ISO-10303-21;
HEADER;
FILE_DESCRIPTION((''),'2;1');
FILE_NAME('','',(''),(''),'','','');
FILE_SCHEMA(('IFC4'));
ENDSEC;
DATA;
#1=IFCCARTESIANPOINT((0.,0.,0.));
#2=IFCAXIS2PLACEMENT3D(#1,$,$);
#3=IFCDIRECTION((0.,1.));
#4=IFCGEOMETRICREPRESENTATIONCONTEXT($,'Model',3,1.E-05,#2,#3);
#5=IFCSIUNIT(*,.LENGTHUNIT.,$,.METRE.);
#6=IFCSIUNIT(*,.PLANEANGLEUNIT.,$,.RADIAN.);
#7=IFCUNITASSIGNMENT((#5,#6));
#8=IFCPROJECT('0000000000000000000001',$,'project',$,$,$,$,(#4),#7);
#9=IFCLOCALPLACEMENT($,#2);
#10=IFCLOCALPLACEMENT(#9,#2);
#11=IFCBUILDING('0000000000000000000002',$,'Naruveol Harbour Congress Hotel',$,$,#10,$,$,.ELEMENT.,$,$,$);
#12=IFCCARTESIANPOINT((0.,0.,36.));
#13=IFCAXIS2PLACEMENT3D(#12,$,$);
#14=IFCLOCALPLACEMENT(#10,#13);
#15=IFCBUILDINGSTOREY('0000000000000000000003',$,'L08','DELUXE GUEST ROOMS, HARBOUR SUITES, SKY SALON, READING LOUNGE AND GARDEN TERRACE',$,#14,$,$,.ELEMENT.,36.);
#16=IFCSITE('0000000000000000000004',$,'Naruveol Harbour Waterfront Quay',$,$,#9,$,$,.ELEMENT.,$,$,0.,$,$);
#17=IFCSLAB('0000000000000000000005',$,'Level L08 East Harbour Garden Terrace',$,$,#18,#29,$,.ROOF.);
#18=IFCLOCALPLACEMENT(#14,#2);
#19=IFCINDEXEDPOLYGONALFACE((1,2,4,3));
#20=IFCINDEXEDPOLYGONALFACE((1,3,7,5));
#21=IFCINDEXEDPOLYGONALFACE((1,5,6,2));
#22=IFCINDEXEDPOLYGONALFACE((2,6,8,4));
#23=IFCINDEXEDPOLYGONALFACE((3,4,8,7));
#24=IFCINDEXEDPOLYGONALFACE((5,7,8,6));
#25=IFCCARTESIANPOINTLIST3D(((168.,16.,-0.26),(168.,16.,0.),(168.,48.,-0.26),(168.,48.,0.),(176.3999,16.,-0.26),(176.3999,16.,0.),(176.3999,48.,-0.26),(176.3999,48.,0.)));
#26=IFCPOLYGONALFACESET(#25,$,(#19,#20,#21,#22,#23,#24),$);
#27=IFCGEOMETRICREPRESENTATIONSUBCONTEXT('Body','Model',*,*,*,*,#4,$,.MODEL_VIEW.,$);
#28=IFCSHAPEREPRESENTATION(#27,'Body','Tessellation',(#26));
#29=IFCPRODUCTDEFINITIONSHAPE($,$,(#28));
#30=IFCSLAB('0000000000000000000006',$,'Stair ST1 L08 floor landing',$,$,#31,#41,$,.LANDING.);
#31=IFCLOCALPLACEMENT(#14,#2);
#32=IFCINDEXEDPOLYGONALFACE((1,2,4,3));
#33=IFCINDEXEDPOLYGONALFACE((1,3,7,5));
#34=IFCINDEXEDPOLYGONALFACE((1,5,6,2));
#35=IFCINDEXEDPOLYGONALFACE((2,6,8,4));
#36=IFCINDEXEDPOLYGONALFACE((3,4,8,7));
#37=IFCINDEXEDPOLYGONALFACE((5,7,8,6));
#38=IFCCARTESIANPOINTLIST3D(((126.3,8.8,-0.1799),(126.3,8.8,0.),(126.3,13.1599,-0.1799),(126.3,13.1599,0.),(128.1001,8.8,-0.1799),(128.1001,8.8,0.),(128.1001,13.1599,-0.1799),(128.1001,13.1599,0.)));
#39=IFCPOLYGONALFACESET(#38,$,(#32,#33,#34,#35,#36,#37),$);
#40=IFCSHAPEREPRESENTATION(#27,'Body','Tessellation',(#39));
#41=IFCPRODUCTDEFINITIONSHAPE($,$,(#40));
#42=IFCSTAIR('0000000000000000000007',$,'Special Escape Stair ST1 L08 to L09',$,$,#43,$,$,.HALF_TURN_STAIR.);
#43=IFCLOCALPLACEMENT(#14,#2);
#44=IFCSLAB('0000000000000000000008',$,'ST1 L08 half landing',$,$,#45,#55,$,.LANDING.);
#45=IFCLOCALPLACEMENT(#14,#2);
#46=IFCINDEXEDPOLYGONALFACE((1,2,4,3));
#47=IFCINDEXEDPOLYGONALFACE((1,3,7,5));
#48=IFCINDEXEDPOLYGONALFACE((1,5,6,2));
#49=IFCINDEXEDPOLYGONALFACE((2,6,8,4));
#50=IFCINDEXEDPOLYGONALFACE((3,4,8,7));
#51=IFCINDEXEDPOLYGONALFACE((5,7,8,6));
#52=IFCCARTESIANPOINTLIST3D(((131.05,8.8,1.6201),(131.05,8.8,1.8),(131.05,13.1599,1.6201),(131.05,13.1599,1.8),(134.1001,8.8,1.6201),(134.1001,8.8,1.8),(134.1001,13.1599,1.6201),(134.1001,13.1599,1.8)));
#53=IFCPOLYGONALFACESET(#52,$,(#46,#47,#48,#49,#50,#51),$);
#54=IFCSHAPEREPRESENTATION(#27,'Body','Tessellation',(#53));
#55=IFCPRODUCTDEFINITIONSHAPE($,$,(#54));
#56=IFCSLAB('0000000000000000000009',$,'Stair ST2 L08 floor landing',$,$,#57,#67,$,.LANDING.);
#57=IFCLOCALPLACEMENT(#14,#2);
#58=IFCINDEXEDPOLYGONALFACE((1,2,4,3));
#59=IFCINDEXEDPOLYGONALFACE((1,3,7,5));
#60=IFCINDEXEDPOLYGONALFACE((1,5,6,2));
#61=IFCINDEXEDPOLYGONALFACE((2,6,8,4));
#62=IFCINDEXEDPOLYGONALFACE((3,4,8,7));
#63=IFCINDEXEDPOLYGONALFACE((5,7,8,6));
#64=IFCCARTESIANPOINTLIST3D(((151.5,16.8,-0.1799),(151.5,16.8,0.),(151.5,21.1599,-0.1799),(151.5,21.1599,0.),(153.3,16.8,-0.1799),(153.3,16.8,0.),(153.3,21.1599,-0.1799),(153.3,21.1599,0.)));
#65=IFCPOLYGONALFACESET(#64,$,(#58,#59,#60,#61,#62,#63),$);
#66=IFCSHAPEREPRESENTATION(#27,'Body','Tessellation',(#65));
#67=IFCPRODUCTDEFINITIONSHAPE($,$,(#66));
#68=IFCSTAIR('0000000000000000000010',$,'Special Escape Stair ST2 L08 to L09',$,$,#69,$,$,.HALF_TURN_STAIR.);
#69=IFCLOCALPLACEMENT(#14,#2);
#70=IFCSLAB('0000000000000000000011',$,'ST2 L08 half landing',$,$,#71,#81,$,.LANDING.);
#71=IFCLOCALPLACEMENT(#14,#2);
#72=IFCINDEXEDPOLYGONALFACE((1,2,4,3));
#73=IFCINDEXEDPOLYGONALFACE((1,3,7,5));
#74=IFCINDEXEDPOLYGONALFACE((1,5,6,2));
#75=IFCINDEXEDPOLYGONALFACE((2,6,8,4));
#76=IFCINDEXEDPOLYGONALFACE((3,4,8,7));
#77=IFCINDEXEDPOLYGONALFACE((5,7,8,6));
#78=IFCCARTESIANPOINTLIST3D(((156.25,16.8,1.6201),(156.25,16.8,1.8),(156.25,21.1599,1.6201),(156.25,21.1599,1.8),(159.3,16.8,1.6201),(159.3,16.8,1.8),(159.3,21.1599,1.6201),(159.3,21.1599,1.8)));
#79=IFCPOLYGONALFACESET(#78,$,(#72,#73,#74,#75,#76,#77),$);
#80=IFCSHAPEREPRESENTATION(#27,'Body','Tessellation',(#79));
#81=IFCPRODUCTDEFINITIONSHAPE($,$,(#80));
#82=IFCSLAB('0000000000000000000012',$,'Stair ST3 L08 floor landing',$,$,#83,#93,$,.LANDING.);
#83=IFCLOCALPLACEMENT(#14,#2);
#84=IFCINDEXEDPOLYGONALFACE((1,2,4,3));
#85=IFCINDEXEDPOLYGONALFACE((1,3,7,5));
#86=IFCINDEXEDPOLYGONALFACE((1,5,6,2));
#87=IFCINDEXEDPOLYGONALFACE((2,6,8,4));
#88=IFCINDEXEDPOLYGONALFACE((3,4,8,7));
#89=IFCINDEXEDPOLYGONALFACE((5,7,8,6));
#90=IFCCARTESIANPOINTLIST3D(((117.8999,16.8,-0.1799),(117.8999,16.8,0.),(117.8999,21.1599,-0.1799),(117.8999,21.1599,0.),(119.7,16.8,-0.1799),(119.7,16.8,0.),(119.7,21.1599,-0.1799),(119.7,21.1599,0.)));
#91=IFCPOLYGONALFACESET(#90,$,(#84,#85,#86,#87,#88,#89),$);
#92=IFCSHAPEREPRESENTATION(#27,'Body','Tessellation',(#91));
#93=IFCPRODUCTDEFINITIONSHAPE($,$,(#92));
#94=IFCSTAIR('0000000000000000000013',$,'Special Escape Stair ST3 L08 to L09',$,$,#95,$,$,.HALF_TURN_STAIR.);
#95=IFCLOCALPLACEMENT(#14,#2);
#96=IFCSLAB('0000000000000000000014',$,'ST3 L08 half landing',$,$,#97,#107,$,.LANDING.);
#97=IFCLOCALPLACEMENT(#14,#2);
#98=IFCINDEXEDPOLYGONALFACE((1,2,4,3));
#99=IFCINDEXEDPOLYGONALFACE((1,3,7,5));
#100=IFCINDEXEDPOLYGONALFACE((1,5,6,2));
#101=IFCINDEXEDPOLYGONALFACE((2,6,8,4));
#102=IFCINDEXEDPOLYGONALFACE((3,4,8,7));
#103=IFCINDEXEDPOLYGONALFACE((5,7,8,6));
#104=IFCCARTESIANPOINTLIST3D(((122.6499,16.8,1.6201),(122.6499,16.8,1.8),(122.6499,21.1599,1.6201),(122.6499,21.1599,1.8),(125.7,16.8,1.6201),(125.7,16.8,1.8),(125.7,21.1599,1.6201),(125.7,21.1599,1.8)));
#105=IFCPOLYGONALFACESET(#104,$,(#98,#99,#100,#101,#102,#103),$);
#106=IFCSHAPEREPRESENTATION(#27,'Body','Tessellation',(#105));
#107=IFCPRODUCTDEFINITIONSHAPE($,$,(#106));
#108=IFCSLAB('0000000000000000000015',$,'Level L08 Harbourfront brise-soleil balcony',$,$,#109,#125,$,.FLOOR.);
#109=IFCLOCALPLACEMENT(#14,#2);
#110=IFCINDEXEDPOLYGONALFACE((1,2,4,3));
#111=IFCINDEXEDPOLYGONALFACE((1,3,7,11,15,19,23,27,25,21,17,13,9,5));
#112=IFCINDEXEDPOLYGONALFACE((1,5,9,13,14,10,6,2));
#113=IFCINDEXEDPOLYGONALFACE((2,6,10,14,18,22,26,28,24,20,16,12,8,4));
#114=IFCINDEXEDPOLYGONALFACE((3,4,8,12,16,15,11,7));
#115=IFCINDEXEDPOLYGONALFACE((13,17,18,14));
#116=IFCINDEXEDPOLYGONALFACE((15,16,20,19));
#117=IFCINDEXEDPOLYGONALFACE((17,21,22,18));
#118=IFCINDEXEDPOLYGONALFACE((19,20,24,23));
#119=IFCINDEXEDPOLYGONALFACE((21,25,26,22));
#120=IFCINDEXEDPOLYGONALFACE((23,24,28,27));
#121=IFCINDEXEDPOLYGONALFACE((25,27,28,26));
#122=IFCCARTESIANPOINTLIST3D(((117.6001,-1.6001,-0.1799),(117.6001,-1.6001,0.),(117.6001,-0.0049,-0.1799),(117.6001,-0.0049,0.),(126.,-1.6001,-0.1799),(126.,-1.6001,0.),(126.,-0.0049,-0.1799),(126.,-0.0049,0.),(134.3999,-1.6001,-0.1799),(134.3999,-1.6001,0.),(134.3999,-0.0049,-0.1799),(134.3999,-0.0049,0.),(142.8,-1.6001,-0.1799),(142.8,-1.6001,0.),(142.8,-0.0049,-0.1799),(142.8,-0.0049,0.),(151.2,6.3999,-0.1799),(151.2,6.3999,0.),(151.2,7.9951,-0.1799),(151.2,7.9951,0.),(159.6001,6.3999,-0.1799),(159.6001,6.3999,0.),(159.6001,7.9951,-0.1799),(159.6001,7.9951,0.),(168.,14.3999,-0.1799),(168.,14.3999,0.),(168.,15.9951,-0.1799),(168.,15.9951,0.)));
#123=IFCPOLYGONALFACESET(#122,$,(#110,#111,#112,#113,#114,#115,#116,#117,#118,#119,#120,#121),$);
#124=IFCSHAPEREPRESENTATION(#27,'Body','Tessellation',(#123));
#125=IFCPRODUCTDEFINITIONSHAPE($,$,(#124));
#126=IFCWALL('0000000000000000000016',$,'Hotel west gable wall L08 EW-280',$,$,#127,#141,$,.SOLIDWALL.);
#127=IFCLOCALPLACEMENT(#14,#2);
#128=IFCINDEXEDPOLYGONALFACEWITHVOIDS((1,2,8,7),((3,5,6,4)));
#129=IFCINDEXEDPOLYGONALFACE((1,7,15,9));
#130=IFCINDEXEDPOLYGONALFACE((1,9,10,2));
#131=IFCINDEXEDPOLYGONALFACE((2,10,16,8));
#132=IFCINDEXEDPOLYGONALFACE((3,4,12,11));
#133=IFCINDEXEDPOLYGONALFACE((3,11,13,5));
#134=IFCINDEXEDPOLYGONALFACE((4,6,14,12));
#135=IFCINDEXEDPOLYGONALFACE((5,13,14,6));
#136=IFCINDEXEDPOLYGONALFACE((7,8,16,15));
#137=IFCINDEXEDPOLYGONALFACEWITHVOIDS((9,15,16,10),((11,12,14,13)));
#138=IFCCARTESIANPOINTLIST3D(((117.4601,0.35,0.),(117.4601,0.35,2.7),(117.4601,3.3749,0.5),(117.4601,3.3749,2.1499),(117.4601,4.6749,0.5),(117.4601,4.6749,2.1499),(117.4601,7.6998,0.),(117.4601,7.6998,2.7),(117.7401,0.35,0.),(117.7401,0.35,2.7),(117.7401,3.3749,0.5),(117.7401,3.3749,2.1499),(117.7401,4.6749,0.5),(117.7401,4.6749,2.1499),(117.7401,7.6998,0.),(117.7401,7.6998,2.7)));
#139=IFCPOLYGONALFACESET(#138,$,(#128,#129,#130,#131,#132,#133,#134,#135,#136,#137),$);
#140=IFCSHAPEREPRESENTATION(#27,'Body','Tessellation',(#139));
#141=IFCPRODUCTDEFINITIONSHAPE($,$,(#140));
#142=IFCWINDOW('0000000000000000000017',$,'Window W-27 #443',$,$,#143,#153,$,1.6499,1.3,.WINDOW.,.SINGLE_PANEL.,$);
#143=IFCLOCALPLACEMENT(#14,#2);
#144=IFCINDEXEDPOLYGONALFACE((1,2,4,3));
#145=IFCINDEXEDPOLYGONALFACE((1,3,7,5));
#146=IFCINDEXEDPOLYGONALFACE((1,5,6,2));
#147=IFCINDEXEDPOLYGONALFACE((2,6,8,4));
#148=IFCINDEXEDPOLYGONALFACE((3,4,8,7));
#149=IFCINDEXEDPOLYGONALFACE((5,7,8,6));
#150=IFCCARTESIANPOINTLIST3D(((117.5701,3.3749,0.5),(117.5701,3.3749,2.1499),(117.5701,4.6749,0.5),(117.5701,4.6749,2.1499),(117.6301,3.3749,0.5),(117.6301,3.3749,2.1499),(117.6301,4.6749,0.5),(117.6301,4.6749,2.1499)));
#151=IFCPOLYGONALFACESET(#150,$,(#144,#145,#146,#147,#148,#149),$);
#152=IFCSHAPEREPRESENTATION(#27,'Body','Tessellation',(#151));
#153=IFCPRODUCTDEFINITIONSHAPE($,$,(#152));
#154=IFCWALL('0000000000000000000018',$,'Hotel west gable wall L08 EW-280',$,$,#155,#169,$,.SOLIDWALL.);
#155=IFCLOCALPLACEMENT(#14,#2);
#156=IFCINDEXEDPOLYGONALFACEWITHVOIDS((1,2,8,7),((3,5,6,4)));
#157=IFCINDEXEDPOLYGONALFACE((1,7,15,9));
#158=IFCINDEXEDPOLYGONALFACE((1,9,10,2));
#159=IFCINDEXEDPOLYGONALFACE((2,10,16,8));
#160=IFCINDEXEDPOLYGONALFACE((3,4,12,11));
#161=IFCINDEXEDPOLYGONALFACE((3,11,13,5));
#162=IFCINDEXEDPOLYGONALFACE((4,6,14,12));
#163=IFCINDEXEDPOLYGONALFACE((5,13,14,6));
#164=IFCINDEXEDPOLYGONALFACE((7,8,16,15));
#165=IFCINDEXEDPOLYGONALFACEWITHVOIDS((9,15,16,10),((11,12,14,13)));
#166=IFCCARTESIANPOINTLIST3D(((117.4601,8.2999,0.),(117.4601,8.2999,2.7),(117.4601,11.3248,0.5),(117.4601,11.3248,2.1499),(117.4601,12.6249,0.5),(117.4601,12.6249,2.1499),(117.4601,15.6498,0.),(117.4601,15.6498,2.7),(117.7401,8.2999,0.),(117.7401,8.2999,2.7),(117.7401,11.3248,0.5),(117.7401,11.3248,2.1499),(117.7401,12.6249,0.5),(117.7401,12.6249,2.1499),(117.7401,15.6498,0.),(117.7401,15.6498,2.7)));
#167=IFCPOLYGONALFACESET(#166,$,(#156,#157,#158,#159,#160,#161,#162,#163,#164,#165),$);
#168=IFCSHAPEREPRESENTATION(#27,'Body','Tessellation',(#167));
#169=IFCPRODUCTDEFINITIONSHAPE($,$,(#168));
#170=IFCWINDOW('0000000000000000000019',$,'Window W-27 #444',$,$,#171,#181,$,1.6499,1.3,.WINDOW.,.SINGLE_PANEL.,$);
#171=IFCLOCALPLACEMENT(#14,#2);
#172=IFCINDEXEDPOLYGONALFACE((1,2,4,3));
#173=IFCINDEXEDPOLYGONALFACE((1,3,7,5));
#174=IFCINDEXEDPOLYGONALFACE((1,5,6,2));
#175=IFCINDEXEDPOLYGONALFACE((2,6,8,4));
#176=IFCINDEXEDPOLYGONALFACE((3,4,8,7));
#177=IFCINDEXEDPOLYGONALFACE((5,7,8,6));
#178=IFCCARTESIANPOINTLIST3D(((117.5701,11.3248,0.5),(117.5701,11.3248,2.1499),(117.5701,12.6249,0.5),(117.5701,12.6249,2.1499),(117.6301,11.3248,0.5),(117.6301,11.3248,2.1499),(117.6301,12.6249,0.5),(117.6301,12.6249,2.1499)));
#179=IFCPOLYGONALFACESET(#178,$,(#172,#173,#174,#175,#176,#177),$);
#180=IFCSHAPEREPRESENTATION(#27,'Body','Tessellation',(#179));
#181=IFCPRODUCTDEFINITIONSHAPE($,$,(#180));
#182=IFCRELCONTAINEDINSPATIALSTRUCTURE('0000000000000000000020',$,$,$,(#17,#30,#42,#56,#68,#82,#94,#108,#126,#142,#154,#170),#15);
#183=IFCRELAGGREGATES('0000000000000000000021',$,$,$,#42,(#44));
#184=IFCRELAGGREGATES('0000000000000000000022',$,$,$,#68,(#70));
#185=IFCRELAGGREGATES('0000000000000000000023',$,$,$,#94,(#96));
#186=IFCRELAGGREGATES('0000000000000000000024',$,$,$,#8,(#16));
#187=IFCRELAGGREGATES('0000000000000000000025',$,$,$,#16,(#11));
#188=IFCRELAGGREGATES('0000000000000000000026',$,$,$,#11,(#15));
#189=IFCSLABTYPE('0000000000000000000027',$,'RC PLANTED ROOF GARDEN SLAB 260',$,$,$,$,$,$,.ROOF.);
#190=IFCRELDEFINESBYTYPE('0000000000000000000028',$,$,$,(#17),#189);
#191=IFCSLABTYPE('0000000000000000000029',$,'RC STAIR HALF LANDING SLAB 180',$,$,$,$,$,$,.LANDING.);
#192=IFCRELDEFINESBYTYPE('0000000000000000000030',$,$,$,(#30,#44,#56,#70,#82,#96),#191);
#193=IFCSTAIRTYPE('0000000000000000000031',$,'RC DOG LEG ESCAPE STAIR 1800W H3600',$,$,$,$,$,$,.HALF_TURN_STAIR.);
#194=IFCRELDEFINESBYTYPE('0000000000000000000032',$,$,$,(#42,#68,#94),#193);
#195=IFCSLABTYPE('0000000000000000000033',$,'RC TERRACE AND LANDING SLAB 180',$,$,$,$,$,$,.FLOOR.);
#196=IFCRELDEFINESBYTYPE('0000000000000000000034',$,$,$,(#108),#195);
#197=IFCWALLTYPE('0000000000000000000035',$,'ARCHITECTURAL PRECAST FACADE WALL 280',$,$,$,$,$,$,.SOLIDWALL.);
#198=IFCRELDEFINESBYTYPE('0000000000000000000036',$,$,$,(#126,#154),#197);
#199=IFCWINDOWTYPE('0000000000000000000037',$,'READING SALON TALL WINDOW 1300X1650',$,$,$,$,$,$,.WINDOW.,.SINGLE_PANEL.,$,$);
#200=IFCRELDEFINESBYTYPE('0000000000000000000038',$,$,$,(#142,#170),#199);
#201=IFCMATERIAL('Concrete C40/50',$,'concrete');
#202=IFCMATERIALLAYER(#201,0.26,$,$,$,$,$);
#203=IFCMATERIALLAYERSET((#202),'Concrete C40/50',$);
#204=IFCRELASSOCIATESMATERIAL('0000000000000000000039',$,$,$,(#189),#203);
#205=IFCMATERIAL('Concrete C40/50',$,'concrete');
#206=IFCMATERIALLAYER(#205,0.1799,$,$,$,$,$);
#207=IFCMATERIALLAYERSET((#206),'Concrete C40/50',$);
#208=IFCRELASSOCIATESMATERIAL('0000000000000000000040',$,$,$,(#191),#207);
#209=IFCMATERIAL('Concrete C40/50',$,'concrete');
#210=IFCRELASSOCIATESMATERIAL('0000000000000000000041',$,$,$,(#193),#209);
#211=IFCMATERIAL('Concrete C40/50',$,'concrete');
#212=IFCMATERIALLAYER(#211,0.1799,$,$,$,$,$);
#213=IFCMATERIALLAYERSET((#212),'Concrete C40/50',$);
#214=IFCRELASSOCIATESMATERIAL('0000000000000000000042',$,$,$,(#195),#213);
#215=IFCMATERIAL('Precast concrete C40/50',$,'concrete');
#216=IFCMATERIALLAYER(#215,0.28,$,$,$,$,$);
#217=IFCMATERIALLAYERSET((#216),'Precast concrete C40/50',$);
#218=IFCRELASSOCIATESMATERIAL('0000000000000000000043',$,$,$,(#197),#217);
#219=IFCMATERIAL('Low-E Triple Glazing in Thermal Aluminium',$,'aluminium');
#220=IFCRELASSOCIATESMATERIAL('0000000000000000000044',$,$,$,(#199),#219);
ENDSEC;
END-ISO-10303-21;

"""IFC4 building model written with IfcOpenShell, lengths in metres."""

from ifc_helpers import new_model, si_unit, direction, frame, frame_2d, origin, place, context, subcontext, project, spatial, polyline, rectangle, outline, extrude, material, layer, layer_set, type_object, element, fill, aggregate, save


model = new_model("IFC4")

# Units and contexts
model_context = context("Model", 3, precision=1e-05, world=origin(), true_north=direction((0.0, 1.0)))
body_context = subcontext(model_context, "Body", "Model", "MODEL_VIEW")
ifc_project = project(units=[si_unit("LENGTHUNIT", "METRE"), si_unit("PLANEANGLEUNIT", "RADIAN")], contexts=[model_context])

# Site, building, storey
site_placement = place(None, origin())
site = spatial("IfcSite", under=ifc_project, at=site_placement, Name="Naruveol Harbour Waterfront Quay", CompositionType="ELEMENT", RefElevation=0.0)
building_placement = place(site_placement, origin())
building = spatial("IfcBuilding", under=site, at=building_placement, Name="Naruveol Harbour Congress Hotel", CompositionType="ELEMENT")
storey_placement = place(building_placement, frame((0.0, 0.0, 36.0)))
storey = spatial("IfcBuildingStorey", under=building, at=storey_placement, Name="L08", Description="DELUXE GUEST ROOMS, HARBOUR SUITES, SKY SALON, READING LOUNGE AND GARDEN TERRACE", CompositionType="ELEMENT", Elevation=36.0)

# Slabs
ifc_material_1 = material(Name="Concrete C40/50", Category="concrete")
ifc_layer_1 = layer(ifc_material_1, 0.26)
ifc_layer_set_1 = layer_set([ifc_layer_1], Name="Concrete C40/50")
slab_type_1 = type_object("IfcSlabType", Name="RC PLANTED ROOF GARDEN SLAB 260", PredefinedType="ROOF", material=ifc_layer_set_1)
slab_1_placement = place(storey_placement, frame((0.0, 0.0, -0.26)))
element("IfcSlab", 1, at=slab_1_placement, inside=storey, type_object=slab_type_1, Name="Level L08 East Harbour Garden Terrace", PredefinedType="ROOF", context=body_context, shape_type="SweptSolid", body=[
    extrude(outline(polyline([(168.0, 16.0), (176.3999, 16.0), (176.3999, 48.0), (168.0, 48.0), (168.0, 16.0)])), origin(), (0.0, 0.0, 1.0), 0.26),
])
ifc_material_2 = material(Name="Concrete C40/50", Category="concrete")
ifc_layer_2 = layer(ifc_material_2, 0.1799)
ifc_layer_set_2 = layer_set([ifc_layer_2], Name="Concrete C40/50")
slab_type_2 = type_object("IfcSlabType", Name="RC STAIR HALF LANDING SLAB 180", PredefinedType="LANDING", material=ifc_layer_set_2)
slab_2_placement = place(storey_placement, frame((0.0, 0.0, -0.1799)))
element("IfcSlab", 2, at=slab_2_placement, inside=storey, type_object=slab_type_2, Name="Stair ST1 L08 floor landing", PredefinedType="LANDING", context=body_context, shape_type="SweptSolid", body=[
    extrude(outline(polyline([(126.3, 8.8), (128.1001, 8.8), (128.1001, 13.1599), (126.3, 13.1599), (126.3, 8.8)])), origin(), (0.0, 0.0, 1.0), 0.1799),
])

# Stair, slab
ifc_material_3 = material(Name="Concrete C40/50", Category="concrete")
stair_type = type_object("IfcStairType", Name="RC DOG LEG ESCAPE STAIR 1800W H3600", PredefinedType="HALF_TURN_STAIR", material=ifc_material_3)
stair_1_placement = place(storey_placement, origin())
stair_1 = element("IfcStair", 3, at=stair_1_placement, inside=storey, type_object=stair_type, Name="Special Escape Stair ST1 L08 to L09", PredefinedType="HALF_TURN_STAIR")
slab_3_placement = place(storey_placement, frame((0.0, 0.0, 1.6201)))
slab_3 = element("IfcSlab", 4, at=slab_3_placement, type_object=slab_type_2, Name="ST1 L08 half landing", PredefinedType="LANDING", context=body_context, shape_type="SweptSolid", body=[
    extrude(outline(polyline([(131.05, 8.8), (134.1001, 8.8), (134.1001, 13.1599), (131.05, 13.1599), (131.05, 8.8)])), origin(), (0.0, 0.0, 1.0), 0.1799),
])
aggregate(stair_1, [slab_3])

# Slab
slab_4_placement = place(storey_placement, frame((0.0, 0.0, -0.1799)))
element("IfcSlab", 5, at=slab_4_placement, inside=storey, type_object=slab_type_2, Name="Stair ST2 L08 floor landing", PredefinedType="LANDING", context=body_context, shape_type="SweptSolid", body=[
    extrude(outline(polyline([(151.5, 16.8), (153.3, 16.8), (153.3, 21.1599), (151.5, 21.1599), (151.5, 16.8)])), origin(), (0.0, 0.0, 1.0), 0.1799),
])

# Stair, slab
stair_2_placement = place(storey_placement, origin())
stair_2 = element("IfcStair", 6, at=stair_2_placement, inside=storey, type_object=stair_type, Name="Special Escape Stair ST2 L08 to L09", PredefinedType="HALF_TURN_STAIR")
slab_5_placement = place(storey_placement, frame((0.0, 0.0, 1.6201)))
slab_5 = element("IfcSlab", 7, at=slab_5_placement, type_object=slab_type_2, Name="ST2 L08 half landing", PredefinedType="LANDING", context=body_context, shape_type="SweptSolid", body=[
    extrude(outline(polyline([(156.25, 16.8), (159.3, 16.8), (159.3, 21.1599), (156.25, 21.1599), (156.25, 16.8)])), origin(), (0.0, 0.0, 1.0), 0.1799),
])
aggregate(stair_2, [slab_5])

# Slab
slab_6_placement = place(storey_placement, frame((0.0, 0.0, -0.1799)))
element("IfcSlab", 8, at=slab_6_placement, inside=storey, type_object=slab_type_2, Name="Stair ST3 L08 floor landing", PredefinedType="LANDING", context=body_context, shape_type="SweptSolid", body=[
    extrude(outline(polyline([(117.8999, 16.8), (119.7, 16.8), (119.7, 21.1599), (117.8999, 21.1599), (117.8999, 16.8)])), origin(), (0.0, 0.0, 1.0), 0.1799),
])

# Stair, slab
stair_3_placement = place(storey_placement, origin())
stair_3 = element("IfcStair", 9, at=stair_3_placement, inside=storey, type_object=stair_type, Name="Special Escape Stair ST3 L08 to L09", PredefinedType="HALF_TURN_STAIR")
slab_7_placement = place(storey_placement, frame((0.0, 0.0, 1.6201)))
slab_7 = element("IfcSlab", 10, at=slab_7_placement, type_object=slab_type_2, Name="ST3 L08 half landing", PredefinedType="LANDING", context=body_context, shape_type="SweptSolid", body=[
    extrude(outline(polyline([(122.6499, 16.8), (125.7, 16.8), (125.7, 21.1599), (122.6499, 21.1599), (122.6499, 16.8)])), origin(), (0.0, 0.0, 1.0), 0.1799),
])
aggregate(stair_3, [slab_7])

# Slab
ifc_material_4 = material(Name="Concrete C40/50", Category="concrete")
ifc_layer_3 = layer(ifc_material_4, 0.1799)
ifc_layer_set_3 = layer_set([ifc_layer_3], Name="Concrete C40/50")
slab_type_3 = type_object("IfcSlabType", Name="RC TERRACE AND LANDING SLAB 180", PredefinedType="FLOOR", material=ifc_layer_set_3)
slab_8_placement = place(storey_placement, frame((0.0, 0.0, -0.1799)))
element("IfcSlab", 11, at=slab_8_placement, inside=storey, type_object=slab_type_3, Name="Level L08 Harbourfront brise-soleil balcony", PredefinedType="FLOOR", context=body_context, shape_type="SweptSolid", body=[
    extrude(outline(polyline([(117.6001, -1.6001), (126.0, -1.6001), (134.3999, -1.6001), (142.8, -1.6001), (151.2, 6.3999), (159.6001, 6.3999), (168.0, 14.3999), (168.0, 15.9951), (159.6001, 7.9951), (151.2, 7.9951), (142.8, -0.0049), (134.3999, -0.0049), (126.0, -0.0049), (117.6001, -0.0049), (117.6001, -1.6001)])), origin(), (0.0, 0.0, 1.0), 0.1799),
])

# Walls, openings, windows
ifc_material_5 = material(Name="Precast concrete C40/50", Category="concrete")
ifc_layer_4 = layer(ifc_material_5, 0.28)
ifc_layer_set_4 = layer_set([ifc_layer_4], Name="Precast concrete C40/50")
wall_type_1 = type_object("IfcWallType", Name="ARCHITECTURAL PRECAST FACADE WALL 280", PredefinedType="SOLIDWALL", material=ifc_layer_set_4)
wall_1_placement = place(storey_placement, frame((117.6001, 0.3501, 0.0), z_axis=(0.0, 0.0, 1.0), x_axis=(0.0, 1.0, 0.0)))
wall_1 = element("IfcWall", 12, at=wall_1_placement, inside=storey, type_object=wall_type_1, Name="Hotel west gable wall L08 EW-280", PredefinedType="SOLIDWALL", context=body_context, shape_type="SweptSolid", body=[
    extrude(rectangle(XDim=7.3499, YDim=0.28, at=frame_2d((3.6748, 0.0))), origin(), (0.0, 0.0, 1.0), 2.7),
])
opening_1_placement = place(wall_1_placement, frame((3.0249, 0.0, 0.5)))
opening_1 = element("IfcOpeningElement", 13, at=opening_1_placement, cuts=wall_1, PredefinedType="OPENING", context=body_context, shape_type="SweptSolid", body=[
    extrude(rectangle(XDim=1.3, YDim=1.6499, at=frame_2d((0.6499, 0.825))), frame((0.0, 0.1499, 0.0), z_axis=(0.0, -1.0, 0.0), x_axis=(1.0, 0.0, 0.0)), (0.0, 0.0, 1.0), 0.3),
])
ifc_material_6 = material(Name="Low-E Triple Glazing in Thermal Aluminium", Category="aluminium")
window_type = type_object("IfcWindowType", Name="READING SALON TALL WINDOW 1300X1650", PartitioningType="SINGLE_PANEL", PredefinedType="WINDOW", material=ifc_material_6)
window_1_placement = place(opening_1_placement, origin())
window_1 = element("IfcWindow", 14, at=window_1_placement, inside=storey, type_object=window_type, Name="Window W-27 #443", OverallHeight=1.6499, OverallWidth=1.3, PartitioningType="SINGLE_PANEL", PredefinedType="WINDOW", context=body_context, shape_type="SweptSolid", body=[
    extrude(rectangle(XDim=1.3, YDim=1.6499, at=frame_2d((0.6499, 0.825))), frame((0.0, 0.03, 0.0), z_axis=(0.0, -1.0, 0.0), x_axis=(1.0, 0.0, 0.0)), (0.0, 0.0, 1.0), 0.0601),
])
fill(opening_1, window_1)
wall_2_placement = place(storey_placement, frame((117.6001, 8.3, 0.0), z_axis=(0.0, 0.0, 1.0), x_axis=(0.0, 1.0, 0.0)))
wall_2 = element("IfcWall", 15, at=wall_2_placement, inside=storey, type_object=wall_type_1, Name="Hotel west gable wall L08 EW-280", PredefinedType="SOLIDWALL", context=body_context, shape_type="SweptSolid", body=[
    extrude(rectangle(XDim=7.3499, YDim=0.28, at=frame_2d((3.6748, 0.0))), origin(), (0.0, 0.0, 1.0), 2.7),
])
opening_2_placement = place(wall_2_placement, frame((3.0249, 0.0, 0.5)))
opening_2 = element("IfcOpeningElement", 16, at=opening_2_placement, cuts=wall_2, PredefinedType="OPENING", context=body_context, shape_type="SweptSolid", body=[
    extrude(rectangle(XDim=1.3, YDim=1.6499, at=frame_2d((0.6499, 0.825))), frame((0.0, 0.1499, 0.0), z_axis=(0.0, -1.0, 0.0), x_axis=(1.0, 0.0, 0.0)), (0.0, 0.0, 1.0), 0.3),
])
window_2_placement = place(opening_2_placement, origin())
window_2 = element("IfcWindow", 17, at=window_2_placement, inside=storey, type_object=window_type, Name="Window W-27 #444", OverallHeight=1.6499, OverallWidth=1.3, PartitioningType="SINGLE_PANEL", PredefinedType="WINDOW", context=body_context, shape_type="SweptSolid", body=[
    extrude(rectangle(XDim=1.3, YDim=1.6499, at=frame_2d((0.6499, 0.825))), frame((0.0, 0.03, 0.0), z_axis=(0.0, -1.0, 0.0), x_axis=(1.0, 0.0, 0.0)), (0.0, 0.0, 1.0), 0.0601),
])
fill(opening_2, window_2)

save(model, "model.ifc")
